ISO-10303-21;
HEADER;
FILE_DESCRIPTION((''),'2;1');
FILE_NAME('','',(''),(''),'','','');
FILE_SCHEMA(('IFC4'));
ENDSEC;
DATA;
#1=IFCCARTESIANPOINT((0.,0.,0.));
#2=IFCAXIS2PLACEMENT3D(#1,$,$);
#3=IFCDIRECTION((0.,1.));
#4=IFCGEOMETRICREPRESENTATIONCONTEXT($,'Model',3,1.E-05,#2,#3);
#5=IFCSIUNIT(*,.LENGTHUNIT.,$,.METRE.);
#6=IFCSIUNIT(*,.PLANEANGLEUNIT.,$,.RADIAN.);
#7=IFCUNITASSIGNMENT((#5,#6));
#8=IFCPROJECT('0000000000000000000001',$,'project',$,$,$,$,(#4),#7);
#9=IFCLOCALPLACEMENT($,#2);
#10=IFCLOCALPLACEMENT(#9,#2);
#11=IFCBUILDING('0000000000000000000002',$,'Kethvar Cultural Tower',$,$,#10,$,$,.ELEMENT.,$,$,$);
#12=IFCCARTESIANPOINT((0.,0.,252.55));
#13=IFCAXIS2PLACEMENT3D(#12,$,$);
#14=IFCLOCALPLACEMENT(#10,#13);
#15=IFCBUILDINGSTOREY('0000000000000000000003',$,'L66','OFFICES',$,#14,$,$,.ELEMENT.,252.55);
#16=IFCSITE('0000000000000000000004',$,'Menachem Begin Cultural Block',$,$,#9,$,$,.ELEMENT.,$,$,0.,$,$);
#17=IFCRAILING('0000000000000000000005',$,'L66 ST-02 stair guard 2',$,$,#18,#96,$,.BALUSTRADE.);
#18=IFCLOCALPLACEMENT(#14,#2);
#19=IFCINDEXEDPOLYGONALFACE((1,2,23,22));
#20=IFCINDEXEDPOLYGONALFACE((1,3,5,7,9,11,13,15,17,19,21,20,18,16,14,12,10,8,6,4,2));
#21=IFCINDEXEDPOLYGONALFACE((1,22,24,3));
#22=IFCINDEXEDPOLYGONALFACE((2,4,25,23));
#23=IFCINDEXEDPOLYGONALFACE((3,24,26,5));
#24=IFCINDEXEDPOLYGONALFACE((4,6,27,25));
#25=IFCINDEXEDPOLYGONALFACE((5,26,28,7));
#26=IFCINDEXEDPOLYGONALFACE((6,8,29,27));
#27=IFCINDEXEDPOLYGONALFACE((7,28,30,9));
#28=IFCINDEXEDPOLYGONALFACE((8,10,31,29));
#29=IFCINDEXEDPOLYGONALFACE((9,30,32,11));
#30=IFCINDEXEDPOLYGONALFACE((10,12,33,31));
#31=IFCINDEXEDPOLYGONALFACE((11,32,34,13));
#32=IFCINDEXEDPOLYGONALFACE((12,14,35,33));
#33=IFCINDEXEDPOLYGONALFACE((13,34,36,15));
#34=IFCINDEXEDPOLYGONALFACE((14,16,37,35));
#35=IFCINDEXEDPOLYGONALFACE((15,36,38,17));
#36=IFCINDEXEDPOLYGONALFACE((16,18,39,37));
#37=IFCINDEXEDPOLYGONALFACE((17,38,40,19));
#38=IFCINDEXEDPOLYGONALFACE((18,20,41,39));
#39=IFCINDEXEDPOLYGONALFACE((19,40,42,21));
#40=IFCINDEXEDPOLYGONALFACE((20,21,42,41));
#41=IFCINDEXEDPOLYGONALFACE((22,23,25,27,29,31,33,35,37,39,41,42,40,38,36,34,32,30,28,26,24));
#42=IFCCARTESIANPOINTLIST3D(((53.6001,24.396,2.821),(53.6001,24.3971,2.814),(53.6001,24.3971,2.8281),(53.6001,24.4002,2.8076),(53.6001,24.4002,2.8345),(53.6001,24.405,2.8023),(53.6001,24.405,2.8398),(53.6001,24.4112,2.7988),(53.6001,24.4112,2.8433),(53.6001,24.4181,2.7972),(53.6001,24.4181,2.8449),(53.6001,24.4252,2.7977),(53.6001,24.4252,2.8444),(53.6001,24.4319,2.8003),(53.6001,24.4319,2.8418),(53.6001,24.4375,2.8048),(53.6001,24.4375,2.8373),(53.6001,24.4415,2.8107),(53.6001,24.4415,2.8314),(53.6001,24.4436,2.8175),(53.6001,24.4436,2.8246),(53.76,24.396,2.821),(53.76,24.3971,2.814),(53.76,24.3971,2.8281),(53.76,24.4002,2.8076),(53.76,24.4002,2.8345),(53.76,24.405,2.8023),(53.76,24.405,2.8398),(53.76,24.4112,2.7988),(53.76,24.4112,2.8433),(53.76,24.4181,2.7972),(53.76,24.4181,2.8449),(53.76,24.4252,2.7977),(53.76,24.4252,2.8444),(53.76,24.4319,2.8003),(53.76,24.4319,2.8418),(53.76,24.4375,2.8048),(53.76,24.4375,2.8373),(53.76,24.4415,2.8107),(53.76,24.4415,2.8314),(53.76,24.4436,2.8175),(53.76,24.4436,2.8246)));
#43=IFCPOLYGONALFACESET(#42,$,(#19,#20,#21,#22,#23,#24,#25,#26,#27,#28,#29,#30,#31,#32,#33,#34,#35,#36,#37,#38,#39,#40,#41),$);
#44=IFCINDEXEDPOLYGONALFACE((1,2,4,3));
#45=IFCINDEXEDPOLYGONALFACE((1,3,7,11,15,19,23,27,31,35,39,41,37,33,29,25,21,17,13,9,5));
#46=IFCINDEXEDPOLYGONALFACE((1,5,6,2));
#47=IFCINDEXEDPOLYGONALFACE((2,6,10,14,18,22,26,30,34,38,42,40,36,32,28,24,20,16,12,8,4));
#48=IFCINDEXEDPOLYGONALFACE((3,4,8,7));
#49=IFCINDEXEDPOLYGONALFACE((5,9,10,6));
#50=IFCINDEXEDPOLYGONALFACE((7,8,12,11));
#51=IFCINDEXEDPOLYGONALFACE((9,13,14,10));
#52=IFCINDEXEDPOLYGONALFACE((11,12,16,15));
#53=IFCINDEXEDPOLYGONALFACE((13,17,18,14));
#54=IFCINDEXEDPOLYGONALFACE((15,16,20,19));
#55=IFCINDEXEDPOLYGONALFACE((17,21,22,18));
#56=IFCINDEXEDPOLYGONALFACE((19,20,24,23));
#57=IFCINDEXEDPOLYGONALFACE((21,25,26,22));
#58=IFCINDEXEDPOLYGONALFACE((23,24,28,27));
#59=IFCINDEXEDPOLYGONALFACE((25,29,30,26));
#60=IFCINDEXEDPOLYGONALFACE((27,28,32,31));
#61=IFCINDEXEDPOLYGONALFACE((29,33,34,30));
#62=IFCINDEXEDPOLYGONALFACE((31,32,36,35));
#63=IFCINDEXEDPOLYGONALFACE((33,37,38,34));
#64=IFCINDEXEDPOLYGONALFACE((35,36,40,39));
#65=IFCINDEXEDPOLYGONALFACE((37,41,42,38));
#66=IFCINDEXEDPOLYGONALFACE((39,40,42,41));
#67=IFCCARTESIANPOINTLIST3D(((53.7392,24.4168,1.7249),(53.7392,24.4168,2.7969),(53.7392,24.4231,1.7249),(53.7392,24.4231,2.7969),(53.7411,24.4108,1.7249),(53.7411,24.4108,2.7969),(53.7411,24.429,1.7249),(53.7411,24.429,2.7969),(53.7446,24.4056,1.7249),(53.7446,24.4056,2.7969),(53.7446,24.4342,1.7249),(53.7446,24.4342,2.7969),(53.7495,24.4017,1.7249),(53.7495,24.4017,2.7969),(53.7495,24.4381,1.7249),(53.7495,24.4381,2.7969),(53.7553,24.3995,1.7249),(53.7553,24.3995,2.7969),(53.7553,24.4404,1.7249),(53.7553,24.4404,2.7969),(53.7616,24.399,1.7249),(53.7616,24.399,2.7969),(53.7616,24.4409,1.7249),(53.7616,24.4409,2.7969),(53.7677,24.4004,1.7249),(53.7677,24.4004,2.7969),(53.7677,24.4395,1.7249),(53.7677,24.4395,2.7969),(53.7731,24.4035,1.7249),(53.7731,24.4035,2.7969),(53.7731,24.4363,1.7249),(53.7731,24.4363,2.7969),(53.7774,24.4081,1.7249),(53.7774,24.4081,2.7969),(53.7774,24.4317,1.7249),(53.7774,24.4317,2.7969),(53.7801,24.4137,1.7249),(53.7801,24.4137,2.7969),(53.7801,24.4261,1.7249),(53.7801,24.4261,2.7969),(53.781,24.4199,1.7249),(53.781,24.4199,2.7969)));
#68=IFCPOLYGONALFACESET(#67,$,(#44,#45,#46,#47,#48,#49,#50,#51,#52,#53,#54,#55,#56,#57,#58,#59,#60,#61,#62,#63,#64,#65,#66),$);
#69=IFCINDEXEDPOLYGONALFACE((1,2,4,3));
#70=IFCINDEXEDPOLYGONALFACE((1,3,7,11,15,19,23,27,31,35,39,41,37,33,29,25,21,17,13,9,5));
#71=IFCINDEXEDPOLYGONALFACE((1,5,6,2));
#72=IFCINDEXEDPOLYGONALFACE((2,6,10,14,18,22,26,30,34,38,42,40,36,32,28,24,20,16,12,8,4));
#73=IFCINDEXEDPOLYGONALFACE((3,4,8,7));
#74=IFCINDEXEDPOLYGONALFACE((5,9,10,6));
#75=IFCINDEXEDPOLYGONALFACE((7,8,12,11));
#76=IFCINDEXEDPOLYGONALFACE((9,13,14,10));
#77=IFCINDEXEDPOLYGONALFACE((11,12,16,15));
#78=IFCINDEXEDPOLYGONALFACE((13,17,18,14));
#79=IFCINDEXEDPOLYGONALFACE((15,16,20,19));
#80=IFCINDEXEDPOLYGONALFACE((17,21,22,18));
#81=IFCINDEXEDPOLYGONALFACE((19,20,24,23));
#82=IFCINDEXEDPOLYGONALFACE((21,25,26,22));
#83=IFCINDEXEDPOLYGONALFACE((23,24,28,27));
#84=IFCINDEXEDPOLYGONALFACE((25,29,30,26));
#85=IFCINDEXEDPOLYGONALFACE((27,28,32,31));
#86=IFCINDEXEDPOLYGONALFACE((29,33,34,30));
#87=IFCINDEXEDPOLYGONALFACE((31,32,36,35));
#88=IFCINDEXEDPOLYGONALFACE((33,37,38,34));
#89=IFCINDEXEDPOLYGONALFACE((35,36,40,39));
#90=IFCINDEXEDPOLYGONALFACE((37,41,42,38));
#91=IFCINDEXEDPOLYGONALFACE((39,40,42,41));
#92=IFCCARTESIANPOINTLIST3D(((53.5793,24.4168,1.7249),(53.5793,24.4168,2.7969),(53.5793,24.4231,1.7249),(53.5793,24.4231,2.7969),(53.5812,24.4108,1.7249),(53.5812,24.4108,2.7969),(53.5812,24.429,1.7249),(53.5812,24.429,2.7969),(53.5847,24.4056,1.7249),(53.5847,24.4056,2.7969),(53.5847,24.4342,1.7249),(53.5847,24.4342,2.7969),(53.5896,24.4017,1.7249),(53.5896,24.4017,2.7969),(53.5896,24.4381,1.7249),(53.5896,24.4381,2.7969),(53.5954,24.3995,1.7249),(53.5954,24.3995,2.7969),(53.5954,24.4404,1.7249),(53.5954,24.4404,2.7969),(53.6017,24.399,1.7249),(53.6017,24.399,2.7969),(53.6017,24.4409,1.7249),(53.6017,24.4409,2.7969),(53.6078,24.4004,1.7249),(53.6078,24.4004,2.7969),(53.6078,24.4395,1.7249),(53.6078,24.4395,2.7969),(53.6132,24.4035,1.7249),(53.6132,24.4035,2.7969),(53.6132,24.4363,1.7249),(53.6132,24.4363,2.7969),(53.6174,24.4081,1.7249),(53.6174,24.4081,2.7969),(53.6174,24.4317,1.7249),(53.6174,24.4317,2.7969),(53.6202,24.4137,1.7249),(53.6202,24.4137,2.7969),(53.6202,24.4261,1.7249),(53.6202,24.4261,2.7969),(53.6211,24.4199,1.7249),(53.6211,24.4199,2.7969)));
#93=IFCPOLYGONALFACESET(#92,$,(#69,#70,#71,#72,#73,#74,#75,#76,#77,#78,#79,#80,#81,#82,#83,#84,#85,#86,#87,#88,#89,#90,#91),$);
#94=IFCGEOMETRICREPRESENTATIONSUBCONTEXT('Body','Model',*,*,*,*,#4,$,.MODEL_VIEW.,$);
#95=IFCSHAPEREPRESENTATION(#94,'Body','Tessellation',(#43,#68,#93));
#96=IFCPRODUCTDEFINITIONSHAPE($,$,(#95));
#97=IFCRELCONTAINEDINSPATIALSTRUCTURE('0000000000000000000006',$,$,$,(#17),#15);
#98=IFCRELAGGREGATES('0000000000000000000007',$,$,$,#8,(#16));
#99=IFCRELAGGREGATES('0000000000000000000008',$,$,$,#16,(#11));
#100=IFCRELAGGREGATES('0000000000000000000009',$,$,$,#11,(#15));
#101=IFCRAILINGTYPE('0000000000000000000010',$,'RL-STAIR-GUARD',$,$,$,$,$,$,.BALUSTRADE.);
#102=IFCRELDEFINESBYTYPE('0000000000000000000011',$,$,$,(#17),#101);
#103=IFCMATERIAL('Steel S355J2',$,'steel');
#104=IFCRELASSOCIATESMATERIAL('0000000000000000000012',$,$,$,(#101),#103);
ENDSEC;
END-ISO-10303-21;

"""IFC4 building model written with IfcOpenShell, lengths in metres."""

from ifc_helpers import new_model, si_unit, direction, frame, origin, origin_2d, place, context, subcontext, project, spatial, circle, extrude, material, type_object, element, save


model = new_model("IFC4")

# Units and contexts
model_context = context("Model", 3, precision=1e-05, world=origin(), true_north=direction((0.0, 1.0)))
body_context = subcontext(model_context, "Body", "Model", "MODEL_VIEW")
ifc_project = project(units=[si_unit("LENGTHUNIT", "METRE"), si_unit("PLANEANGLEUNIT", "RADIAN")], contexts=[model_context])

# Site, building, storey
site_placement = place(None, origin())
site = spatial("IfcSite", under=ifc_project, at=site_placement, Name="Menachem Begin Cultural Block", CompositionType="ELEMENT", RefElevation=0.0)
building_placement = place(site_placement, origin())
building = spatial("IfcBuilding", under=site, at=building_placement, Name="Kethvar Cultural Tower", CompositionType="ELEMENT")
storey_placement = place(building_placement, frame((0.0, 0.0, 252.55)))
storey = spatial("IfcBuildingStorey", under=building, at=storey_placement, Name="L66", Description="OFFICES", CompositionType="ELEMENT", Elevation=252.55)

# Shared definitions
ifc_material_1 = material(Name="Steel S355J2", Category="steel")

# Railing
railing_type_1 = type_object("IfcRailingType", Name="RL-STAIR-GUARD", PredefinedType="BALUSTRADE", material=ifc_material_1)
railing_1_placement = place(storey_placement, frame((53.76, 24.4199, 1.7249)))
element("IfcRailing", 1, at=railing_1_placement, inside=storey, type_object=railing_type_1, Name="L66 ST-02 stair guard 2", PredefinedType="BALUSTRADE", context=body_context, shape_type="SweptSolid", body=[
    extrude(circle(Radius=0.0239, at=origin_2d()), frame((0.0, 0.0, 1.0962), z_axis=(-1.0, 0.0, 0.0), x_axis=(0.0, -1.0, 0.0)), (0.0, 0.0, 1.0), 0.1599),
    extrude(circle(Radius=0.021, at=origin_2d()), origin(), (0.0, 0.0, 1.0), 1.072),
    extrude(circle(Radius=0.021, at=origin_2d()), frame((-0.1599, 0.0, 0.0)), (0.0, 0.0, 1.0), 1.072),
])

save(model, "model.ifc")
